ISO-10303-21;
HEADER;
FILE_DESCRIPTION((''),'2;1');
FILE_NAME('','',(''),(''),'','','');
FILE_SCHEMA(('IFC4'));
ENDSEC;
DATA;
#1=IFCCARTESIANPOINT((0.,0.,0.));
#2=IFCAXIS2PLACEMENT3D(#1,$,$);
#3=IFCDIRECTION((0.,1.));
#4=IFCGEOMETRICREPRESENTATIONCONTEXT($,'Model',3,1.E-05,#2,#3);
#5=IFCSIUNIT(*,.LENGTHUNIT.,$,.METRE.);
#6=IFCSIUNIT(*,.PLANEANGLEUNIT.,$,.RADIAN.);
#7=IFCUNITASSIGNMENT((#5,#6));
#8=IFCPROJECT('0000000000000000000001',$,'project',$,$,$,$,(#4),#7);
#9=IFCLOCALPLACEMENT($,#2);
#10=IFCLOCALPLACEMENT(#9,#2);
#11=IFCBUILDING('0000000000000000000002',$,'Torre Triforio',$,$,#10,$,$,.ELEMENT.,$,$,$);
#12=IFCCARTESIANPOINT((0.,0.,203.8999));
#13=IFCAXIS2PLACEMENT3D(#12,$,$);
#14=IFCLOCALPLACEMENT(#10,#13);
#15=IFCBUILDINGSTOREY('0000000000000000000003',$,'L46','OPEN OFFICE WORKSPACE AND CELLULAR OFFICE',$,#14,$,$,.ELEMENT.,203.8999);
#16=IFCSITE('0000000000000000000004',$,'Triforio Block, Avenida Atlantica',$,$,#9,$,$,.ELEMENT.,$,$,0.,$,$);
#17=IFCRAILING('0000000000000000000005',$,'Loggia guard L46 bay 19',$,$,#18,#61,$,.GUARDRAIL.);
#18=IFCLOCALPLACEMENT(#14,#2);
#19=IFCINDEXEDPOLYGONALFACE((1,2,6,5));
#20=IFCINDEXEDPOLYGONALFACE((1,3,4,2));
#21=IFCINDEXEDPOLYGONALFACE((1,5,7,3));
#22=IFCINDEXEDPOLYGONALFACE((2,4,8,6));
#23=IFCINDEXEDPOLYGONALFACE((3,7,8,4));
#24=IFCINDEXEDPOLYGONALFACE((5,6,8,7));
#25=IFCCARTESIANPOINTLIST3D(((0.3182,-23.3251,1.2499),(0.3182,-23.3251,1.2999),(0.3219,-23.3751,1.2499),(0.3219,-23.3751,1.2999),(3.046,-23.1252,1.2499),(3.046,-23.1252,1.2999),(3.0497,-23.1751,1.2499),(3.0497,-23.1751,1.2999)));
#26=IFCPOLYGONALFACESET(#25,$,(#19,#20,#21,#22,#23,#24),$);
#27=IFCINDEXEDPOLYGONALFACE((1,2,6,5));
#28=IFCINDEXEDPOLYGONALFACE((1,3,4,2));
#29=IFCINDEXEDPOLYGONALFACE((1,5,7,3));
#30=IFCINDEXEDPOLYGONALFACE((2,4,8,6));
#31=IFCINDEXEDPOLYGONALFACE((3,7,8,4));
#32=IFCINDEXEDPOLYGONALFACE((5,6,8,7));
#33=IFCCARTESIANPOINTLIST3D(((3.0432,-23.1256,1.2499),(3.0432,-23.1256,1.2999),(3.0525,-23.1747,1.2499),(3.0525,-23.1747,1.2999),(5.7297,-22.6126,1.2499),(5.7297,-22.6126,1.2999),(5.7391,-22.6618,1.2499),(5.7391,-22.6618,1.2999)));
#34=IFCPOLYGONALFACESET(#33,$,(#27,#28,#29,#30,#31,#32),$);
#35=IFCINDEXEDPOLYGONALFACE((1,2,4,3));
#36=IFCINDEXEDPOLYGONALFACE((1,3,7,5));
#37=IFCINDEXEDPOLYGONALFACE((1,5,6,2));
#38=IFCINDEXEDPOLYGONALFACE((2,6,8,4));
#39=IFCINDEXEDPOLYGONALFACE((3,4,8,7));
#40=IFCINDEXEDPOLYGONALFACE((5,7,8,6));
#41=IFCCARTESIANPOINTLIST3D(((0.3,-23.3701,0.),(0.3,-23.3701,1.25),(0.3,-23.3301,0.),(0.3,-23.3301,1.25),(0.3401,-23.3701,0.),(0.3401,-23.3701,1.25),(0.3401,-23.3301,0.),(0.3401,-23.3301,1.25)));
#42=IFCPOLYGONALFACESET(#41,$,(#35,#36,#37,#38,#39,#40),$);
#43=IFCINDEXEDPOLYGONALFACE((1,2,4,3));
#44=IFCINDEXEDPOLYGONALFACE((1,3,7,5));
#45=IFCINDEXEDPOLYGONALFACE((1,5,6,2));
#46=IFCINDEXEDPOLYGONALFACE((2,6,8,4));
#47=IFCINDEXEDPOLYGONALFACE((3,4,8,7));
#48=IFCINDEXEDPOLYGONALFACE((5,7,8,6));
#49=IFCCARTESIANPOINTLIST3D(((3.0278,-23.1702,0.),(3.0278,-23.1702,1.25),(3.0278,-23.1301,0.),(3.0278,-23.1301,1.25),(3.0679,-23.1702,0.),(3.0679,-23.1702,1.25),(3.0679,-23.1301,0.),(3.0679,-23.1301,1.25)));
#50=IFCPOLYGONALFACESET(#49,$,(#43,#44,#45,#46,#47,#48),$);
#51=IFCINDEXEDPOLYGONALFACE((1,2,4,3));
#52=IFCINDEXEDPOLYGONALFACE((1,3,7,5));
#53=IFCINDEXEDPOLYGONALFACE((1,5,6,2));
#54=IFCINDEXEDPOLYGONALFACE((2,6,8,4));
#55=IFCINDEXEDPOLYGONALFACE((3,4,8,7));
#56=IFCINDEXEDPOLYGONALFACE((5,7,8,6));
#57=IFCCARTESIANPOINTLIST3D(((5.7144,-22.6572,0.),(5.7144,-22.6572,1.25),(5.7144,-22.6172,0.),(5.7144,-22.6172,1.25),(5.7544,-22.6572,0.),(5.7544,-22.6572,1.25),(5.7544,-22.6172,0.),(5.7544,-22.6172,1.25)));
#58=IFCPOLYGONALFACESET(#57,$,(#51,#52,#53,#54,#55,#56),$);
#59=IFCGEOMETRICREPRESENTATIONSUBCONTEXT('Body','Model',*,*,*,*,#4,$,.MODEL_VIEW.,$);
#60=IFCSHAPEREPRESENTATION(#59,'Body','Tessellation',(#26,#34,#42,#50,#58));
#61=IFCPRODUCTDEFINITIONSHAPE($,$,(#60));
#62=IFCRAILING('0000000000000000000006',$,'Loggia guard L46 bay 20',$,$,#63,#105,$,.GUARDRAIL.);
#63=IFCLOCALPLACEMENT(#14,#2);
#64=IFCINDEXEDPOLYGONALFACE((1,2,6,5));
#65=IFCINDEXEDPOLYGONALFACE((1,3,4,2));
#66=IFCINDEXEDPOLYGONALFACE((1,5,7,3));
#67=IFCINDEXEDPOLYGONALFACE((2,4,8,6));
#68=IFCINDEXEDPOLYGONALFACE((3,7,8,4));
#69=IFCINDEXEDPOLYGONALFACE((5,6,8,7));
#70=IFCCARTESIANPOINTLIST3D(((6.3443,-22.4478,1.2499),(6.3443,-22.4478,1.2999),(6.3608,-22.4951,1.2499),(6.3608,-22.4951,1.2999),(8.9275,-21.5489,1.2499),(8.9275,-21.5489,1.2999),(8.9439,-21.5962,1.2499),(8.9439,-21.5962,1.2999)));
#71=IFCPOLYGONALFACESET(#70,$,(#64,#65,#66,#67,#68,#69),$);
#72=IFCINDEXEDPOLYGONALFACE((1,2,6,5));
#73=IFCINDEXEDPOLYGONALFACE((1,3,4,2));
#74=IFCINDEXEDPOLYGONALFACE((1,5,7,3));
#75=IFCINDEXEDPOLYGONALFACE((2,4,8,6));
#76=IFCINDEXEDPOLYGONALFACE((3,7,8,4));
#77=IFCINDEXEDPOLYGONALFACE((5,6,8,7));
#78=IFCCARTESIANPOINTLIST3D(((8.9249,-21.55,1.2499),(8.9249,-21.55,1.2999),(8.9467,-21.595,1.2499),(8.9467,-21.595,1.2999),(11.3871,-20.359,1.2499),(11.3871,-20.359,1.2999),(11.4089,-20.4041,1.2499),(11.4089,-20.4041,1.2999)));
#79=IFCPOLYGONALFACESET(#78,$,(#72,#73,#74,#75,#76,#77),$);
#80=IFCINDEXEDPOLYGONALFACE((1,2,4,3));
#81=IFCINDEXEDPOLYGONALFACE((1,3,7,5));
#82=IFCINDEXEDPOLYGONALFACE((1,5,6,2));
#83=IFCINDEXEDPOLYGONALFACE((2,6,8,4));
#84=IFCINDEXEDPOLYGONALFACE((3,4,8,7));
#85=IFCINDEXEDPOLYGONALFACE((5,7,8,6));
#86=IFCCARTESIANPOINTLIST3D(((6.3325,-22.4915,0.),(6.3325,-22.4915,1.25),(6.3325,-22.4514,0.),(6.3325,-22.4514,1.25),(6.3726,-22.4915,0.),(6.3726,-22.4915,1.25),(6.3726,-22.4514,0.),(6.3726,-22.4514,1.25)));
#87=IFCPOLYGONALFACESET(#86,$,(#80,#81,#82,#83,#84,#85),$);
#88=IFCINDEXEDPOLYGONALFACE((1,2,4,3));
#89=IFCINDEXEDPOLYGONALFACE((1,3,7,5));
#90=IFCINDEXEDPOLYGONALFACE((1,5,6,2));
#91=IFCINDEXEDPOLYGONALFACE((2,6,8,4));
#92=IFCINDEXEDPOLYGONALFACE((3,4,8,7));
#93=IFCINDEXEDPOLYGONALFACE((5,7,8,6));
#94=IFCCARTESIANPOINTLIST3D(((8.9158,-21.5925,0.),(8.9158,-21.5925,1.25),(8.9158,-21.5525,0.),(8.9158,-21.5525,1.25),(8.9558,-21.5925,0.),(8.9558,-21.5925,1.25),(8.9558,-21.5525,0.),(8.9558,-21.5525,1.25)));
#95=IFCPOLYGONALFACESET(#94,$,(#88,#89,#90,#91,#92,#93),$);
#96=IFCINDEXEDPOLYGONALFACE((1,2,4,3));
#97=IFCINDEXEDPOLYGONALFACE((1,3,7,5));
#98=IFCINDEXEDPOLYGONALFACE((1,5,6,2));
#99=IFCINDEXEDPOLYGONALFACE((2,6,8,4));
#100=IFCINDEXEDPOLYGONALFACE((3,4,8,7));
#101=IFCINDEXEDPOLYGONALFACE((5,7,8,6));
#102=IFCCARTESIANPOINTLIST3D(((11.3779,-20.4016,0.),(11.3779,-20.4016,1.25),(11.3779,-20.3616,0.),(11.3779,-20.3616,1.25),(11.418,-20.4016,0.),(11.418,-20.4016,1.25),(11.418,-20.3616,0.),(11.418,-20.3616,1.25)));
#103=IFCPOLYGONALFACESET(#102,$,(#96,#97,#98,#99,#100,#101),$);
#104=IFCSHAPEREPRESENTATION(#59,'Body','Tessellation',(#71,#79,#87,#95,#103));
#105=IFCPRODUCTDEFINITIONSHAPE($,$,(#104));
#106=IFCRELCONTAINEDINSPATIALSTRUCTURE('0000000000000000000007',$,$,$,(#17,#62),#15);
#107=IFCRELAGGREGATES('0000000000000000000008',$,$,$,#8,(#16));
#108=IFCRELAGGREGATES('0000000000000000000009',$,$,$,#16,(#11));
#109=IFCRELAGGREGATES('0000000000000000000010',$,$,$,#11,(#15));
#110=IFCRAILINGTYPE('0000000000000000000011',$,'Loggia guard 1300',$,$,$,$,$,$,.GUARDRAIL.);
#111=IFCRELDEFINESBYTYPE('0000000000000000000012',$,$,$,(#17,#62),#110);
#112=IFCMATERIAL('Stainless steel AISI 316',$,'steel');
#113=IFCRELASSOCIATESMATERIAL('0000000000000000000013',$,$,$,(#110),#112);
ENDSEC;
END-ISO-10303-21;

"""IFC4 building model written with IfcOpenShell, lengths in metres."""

from ifc_helpers import new_model, si_unit, direction, frame, origin, origin_2d, place, context, subcontext, project, spatial, rectangle, extrude, material, type_object, element, save


model = new_model("IFC4")

# Units and contexts
model_context = context("Model", 3, precision=1e-05, world=origin(), true_north=direction((0.0, 1.0)))
body_context = subcontext(model_context, "Body", "Model", "MODEL_VIEW")
ifc_project = project(units=[si_unit("LENGTHUNIT", "METRE"), si_unit("PLANEANGLEUNIT", "RADIAN")], contexts=[model_context])

# Site, building, storey
site_placement = place(None, origin())
site = spatial("IfcSite", under=ifc_project, at=site_placement, Name="Triforio Block, Avenida Atlantica", CompositionType="ELEMENT", RefElevation=0.0)
building_placement = place(site_placement, origin())
building = spatial("IfcBuilding", under=site, at=building_placement, Name="Torre Triforio", CompositionType="ELEMENT")
storey_placement = place(building_placement, frame((0.0, 0.0, 203.8999)))
storey = spatial("IfcBuildingStorey", under=building, at=storey_placement, Name="L46", Description="OPEN OFFICE WORKSPACE AND CELLULAR OFFICE", CompositionType="ELEMENT", Elevation=203.8999)

# Railings
ifc_material_1 = material(Name="Stainless steel AISI 316", Category="steel")
railing_type = type_object("IfcRailingType", Name="Loggia guard 1300", PredefinedType="GUARDRAIL", material=ifc_material_1)
railing_1_placement = place(storey_placement, frame((0.3201, -23.3501, 0.0)))
element("IfcRailing", 1, at=railing_1_placement, inside=storey, type_object=railing_type, Name="Loggia guard L46 bay 19", PredefinedType="GUARDRAIL", context=body_context, shape_type="SweptSolid", body=[
    extrude(rectangle(XDim=0.05, YDim=0.05, at=origin_2d()), frame((0.0, 0.0, 1.2749), z_axis=(0.997324, 0.073106, 0.0), x_axis=(-0.073106, 0.997324, 0.0)), (0.0, 0.0, 1.0), 2.7351),
    extrude(rectangle(XDim=0.05, YDim=0.05, at=origin_2d()), frame((2.7278, 0.2, 1.2749), z_axis=(0.982256, 0.187543, 0.0), x_axis=(-0.187543, 0.982256, 0.0)), (0.0, 0.0, 1.0), 2.7351),
    extrude(rectangle(XDim=0.04, YDim=0.04, at=origin_2d()), origin(), (0.0, 0.0, 1.0), 1.25),
    extrude(rectangle(XDim=0.04, YDim=0.04, at=origin_2d()), frame((2.7278, 0.2, 0.0)), (0.0, 0.0, 1.0), 1.25),
    extrude(rectangle(XDim=0.04, YDim=0.04, at=origin_2d()), frame((5.4143, 0.7129, 0.0)), (0.0, 0.0, 1.0), 1.25),
])
railing_2_placement = place(storey_placement, frame((6.3525, -22.4714, 0.0)))
element("IfcRailing", 2, at=railing_2_placement, inside=storey, type_object=railing_type, Name="Loggia guard L46 bay 20", PredefinedType="GUARDRAIL", context=body_context, shape_type="SweptSolid", body=[
    extrude(rectangle(XDim=0.05, YDim=0.05, at=origin_2d()), frame((0.0, 0.0, 1.2749), z_axis=(0.944451, 0.328652, 0.0), x_axis=(-0.328652, 0.944451, 0.0)), (0.0, 0.0, 1.0), 2.7351),
    extrude(rectangle(XDim=0.05, YDim=0.05, at=origin_2d()), frame((2.5833, 0.8989, 1.2749), z_axis=(0.900224, 0.435428, 0.0), x_axis=(-0.435428, 0.900224, 0.0)), (0.0, 0.0, 1.0), 2.7351),
    extrude(rectangle(XDim=0.04, YDim=0.04, at=origin_2d()), origin(), (0.0, 0.0, 1.0), 1.25),
    extrude(rectangle(XDim=0.04, YDim=0.04, at=origin_2d()), frame((2.5833, 0.8989, 0.0)), (0.0, 0.0, 1.0), 1.25),
    extrude(rectangle(XDim=0.04, YDim=0.04, at=origin_2d()), frame((5.0454, 2.0898, 0.0)), (0.0, 0.0, 1.0), 1.25),
])

save(model, "model.ifc")
